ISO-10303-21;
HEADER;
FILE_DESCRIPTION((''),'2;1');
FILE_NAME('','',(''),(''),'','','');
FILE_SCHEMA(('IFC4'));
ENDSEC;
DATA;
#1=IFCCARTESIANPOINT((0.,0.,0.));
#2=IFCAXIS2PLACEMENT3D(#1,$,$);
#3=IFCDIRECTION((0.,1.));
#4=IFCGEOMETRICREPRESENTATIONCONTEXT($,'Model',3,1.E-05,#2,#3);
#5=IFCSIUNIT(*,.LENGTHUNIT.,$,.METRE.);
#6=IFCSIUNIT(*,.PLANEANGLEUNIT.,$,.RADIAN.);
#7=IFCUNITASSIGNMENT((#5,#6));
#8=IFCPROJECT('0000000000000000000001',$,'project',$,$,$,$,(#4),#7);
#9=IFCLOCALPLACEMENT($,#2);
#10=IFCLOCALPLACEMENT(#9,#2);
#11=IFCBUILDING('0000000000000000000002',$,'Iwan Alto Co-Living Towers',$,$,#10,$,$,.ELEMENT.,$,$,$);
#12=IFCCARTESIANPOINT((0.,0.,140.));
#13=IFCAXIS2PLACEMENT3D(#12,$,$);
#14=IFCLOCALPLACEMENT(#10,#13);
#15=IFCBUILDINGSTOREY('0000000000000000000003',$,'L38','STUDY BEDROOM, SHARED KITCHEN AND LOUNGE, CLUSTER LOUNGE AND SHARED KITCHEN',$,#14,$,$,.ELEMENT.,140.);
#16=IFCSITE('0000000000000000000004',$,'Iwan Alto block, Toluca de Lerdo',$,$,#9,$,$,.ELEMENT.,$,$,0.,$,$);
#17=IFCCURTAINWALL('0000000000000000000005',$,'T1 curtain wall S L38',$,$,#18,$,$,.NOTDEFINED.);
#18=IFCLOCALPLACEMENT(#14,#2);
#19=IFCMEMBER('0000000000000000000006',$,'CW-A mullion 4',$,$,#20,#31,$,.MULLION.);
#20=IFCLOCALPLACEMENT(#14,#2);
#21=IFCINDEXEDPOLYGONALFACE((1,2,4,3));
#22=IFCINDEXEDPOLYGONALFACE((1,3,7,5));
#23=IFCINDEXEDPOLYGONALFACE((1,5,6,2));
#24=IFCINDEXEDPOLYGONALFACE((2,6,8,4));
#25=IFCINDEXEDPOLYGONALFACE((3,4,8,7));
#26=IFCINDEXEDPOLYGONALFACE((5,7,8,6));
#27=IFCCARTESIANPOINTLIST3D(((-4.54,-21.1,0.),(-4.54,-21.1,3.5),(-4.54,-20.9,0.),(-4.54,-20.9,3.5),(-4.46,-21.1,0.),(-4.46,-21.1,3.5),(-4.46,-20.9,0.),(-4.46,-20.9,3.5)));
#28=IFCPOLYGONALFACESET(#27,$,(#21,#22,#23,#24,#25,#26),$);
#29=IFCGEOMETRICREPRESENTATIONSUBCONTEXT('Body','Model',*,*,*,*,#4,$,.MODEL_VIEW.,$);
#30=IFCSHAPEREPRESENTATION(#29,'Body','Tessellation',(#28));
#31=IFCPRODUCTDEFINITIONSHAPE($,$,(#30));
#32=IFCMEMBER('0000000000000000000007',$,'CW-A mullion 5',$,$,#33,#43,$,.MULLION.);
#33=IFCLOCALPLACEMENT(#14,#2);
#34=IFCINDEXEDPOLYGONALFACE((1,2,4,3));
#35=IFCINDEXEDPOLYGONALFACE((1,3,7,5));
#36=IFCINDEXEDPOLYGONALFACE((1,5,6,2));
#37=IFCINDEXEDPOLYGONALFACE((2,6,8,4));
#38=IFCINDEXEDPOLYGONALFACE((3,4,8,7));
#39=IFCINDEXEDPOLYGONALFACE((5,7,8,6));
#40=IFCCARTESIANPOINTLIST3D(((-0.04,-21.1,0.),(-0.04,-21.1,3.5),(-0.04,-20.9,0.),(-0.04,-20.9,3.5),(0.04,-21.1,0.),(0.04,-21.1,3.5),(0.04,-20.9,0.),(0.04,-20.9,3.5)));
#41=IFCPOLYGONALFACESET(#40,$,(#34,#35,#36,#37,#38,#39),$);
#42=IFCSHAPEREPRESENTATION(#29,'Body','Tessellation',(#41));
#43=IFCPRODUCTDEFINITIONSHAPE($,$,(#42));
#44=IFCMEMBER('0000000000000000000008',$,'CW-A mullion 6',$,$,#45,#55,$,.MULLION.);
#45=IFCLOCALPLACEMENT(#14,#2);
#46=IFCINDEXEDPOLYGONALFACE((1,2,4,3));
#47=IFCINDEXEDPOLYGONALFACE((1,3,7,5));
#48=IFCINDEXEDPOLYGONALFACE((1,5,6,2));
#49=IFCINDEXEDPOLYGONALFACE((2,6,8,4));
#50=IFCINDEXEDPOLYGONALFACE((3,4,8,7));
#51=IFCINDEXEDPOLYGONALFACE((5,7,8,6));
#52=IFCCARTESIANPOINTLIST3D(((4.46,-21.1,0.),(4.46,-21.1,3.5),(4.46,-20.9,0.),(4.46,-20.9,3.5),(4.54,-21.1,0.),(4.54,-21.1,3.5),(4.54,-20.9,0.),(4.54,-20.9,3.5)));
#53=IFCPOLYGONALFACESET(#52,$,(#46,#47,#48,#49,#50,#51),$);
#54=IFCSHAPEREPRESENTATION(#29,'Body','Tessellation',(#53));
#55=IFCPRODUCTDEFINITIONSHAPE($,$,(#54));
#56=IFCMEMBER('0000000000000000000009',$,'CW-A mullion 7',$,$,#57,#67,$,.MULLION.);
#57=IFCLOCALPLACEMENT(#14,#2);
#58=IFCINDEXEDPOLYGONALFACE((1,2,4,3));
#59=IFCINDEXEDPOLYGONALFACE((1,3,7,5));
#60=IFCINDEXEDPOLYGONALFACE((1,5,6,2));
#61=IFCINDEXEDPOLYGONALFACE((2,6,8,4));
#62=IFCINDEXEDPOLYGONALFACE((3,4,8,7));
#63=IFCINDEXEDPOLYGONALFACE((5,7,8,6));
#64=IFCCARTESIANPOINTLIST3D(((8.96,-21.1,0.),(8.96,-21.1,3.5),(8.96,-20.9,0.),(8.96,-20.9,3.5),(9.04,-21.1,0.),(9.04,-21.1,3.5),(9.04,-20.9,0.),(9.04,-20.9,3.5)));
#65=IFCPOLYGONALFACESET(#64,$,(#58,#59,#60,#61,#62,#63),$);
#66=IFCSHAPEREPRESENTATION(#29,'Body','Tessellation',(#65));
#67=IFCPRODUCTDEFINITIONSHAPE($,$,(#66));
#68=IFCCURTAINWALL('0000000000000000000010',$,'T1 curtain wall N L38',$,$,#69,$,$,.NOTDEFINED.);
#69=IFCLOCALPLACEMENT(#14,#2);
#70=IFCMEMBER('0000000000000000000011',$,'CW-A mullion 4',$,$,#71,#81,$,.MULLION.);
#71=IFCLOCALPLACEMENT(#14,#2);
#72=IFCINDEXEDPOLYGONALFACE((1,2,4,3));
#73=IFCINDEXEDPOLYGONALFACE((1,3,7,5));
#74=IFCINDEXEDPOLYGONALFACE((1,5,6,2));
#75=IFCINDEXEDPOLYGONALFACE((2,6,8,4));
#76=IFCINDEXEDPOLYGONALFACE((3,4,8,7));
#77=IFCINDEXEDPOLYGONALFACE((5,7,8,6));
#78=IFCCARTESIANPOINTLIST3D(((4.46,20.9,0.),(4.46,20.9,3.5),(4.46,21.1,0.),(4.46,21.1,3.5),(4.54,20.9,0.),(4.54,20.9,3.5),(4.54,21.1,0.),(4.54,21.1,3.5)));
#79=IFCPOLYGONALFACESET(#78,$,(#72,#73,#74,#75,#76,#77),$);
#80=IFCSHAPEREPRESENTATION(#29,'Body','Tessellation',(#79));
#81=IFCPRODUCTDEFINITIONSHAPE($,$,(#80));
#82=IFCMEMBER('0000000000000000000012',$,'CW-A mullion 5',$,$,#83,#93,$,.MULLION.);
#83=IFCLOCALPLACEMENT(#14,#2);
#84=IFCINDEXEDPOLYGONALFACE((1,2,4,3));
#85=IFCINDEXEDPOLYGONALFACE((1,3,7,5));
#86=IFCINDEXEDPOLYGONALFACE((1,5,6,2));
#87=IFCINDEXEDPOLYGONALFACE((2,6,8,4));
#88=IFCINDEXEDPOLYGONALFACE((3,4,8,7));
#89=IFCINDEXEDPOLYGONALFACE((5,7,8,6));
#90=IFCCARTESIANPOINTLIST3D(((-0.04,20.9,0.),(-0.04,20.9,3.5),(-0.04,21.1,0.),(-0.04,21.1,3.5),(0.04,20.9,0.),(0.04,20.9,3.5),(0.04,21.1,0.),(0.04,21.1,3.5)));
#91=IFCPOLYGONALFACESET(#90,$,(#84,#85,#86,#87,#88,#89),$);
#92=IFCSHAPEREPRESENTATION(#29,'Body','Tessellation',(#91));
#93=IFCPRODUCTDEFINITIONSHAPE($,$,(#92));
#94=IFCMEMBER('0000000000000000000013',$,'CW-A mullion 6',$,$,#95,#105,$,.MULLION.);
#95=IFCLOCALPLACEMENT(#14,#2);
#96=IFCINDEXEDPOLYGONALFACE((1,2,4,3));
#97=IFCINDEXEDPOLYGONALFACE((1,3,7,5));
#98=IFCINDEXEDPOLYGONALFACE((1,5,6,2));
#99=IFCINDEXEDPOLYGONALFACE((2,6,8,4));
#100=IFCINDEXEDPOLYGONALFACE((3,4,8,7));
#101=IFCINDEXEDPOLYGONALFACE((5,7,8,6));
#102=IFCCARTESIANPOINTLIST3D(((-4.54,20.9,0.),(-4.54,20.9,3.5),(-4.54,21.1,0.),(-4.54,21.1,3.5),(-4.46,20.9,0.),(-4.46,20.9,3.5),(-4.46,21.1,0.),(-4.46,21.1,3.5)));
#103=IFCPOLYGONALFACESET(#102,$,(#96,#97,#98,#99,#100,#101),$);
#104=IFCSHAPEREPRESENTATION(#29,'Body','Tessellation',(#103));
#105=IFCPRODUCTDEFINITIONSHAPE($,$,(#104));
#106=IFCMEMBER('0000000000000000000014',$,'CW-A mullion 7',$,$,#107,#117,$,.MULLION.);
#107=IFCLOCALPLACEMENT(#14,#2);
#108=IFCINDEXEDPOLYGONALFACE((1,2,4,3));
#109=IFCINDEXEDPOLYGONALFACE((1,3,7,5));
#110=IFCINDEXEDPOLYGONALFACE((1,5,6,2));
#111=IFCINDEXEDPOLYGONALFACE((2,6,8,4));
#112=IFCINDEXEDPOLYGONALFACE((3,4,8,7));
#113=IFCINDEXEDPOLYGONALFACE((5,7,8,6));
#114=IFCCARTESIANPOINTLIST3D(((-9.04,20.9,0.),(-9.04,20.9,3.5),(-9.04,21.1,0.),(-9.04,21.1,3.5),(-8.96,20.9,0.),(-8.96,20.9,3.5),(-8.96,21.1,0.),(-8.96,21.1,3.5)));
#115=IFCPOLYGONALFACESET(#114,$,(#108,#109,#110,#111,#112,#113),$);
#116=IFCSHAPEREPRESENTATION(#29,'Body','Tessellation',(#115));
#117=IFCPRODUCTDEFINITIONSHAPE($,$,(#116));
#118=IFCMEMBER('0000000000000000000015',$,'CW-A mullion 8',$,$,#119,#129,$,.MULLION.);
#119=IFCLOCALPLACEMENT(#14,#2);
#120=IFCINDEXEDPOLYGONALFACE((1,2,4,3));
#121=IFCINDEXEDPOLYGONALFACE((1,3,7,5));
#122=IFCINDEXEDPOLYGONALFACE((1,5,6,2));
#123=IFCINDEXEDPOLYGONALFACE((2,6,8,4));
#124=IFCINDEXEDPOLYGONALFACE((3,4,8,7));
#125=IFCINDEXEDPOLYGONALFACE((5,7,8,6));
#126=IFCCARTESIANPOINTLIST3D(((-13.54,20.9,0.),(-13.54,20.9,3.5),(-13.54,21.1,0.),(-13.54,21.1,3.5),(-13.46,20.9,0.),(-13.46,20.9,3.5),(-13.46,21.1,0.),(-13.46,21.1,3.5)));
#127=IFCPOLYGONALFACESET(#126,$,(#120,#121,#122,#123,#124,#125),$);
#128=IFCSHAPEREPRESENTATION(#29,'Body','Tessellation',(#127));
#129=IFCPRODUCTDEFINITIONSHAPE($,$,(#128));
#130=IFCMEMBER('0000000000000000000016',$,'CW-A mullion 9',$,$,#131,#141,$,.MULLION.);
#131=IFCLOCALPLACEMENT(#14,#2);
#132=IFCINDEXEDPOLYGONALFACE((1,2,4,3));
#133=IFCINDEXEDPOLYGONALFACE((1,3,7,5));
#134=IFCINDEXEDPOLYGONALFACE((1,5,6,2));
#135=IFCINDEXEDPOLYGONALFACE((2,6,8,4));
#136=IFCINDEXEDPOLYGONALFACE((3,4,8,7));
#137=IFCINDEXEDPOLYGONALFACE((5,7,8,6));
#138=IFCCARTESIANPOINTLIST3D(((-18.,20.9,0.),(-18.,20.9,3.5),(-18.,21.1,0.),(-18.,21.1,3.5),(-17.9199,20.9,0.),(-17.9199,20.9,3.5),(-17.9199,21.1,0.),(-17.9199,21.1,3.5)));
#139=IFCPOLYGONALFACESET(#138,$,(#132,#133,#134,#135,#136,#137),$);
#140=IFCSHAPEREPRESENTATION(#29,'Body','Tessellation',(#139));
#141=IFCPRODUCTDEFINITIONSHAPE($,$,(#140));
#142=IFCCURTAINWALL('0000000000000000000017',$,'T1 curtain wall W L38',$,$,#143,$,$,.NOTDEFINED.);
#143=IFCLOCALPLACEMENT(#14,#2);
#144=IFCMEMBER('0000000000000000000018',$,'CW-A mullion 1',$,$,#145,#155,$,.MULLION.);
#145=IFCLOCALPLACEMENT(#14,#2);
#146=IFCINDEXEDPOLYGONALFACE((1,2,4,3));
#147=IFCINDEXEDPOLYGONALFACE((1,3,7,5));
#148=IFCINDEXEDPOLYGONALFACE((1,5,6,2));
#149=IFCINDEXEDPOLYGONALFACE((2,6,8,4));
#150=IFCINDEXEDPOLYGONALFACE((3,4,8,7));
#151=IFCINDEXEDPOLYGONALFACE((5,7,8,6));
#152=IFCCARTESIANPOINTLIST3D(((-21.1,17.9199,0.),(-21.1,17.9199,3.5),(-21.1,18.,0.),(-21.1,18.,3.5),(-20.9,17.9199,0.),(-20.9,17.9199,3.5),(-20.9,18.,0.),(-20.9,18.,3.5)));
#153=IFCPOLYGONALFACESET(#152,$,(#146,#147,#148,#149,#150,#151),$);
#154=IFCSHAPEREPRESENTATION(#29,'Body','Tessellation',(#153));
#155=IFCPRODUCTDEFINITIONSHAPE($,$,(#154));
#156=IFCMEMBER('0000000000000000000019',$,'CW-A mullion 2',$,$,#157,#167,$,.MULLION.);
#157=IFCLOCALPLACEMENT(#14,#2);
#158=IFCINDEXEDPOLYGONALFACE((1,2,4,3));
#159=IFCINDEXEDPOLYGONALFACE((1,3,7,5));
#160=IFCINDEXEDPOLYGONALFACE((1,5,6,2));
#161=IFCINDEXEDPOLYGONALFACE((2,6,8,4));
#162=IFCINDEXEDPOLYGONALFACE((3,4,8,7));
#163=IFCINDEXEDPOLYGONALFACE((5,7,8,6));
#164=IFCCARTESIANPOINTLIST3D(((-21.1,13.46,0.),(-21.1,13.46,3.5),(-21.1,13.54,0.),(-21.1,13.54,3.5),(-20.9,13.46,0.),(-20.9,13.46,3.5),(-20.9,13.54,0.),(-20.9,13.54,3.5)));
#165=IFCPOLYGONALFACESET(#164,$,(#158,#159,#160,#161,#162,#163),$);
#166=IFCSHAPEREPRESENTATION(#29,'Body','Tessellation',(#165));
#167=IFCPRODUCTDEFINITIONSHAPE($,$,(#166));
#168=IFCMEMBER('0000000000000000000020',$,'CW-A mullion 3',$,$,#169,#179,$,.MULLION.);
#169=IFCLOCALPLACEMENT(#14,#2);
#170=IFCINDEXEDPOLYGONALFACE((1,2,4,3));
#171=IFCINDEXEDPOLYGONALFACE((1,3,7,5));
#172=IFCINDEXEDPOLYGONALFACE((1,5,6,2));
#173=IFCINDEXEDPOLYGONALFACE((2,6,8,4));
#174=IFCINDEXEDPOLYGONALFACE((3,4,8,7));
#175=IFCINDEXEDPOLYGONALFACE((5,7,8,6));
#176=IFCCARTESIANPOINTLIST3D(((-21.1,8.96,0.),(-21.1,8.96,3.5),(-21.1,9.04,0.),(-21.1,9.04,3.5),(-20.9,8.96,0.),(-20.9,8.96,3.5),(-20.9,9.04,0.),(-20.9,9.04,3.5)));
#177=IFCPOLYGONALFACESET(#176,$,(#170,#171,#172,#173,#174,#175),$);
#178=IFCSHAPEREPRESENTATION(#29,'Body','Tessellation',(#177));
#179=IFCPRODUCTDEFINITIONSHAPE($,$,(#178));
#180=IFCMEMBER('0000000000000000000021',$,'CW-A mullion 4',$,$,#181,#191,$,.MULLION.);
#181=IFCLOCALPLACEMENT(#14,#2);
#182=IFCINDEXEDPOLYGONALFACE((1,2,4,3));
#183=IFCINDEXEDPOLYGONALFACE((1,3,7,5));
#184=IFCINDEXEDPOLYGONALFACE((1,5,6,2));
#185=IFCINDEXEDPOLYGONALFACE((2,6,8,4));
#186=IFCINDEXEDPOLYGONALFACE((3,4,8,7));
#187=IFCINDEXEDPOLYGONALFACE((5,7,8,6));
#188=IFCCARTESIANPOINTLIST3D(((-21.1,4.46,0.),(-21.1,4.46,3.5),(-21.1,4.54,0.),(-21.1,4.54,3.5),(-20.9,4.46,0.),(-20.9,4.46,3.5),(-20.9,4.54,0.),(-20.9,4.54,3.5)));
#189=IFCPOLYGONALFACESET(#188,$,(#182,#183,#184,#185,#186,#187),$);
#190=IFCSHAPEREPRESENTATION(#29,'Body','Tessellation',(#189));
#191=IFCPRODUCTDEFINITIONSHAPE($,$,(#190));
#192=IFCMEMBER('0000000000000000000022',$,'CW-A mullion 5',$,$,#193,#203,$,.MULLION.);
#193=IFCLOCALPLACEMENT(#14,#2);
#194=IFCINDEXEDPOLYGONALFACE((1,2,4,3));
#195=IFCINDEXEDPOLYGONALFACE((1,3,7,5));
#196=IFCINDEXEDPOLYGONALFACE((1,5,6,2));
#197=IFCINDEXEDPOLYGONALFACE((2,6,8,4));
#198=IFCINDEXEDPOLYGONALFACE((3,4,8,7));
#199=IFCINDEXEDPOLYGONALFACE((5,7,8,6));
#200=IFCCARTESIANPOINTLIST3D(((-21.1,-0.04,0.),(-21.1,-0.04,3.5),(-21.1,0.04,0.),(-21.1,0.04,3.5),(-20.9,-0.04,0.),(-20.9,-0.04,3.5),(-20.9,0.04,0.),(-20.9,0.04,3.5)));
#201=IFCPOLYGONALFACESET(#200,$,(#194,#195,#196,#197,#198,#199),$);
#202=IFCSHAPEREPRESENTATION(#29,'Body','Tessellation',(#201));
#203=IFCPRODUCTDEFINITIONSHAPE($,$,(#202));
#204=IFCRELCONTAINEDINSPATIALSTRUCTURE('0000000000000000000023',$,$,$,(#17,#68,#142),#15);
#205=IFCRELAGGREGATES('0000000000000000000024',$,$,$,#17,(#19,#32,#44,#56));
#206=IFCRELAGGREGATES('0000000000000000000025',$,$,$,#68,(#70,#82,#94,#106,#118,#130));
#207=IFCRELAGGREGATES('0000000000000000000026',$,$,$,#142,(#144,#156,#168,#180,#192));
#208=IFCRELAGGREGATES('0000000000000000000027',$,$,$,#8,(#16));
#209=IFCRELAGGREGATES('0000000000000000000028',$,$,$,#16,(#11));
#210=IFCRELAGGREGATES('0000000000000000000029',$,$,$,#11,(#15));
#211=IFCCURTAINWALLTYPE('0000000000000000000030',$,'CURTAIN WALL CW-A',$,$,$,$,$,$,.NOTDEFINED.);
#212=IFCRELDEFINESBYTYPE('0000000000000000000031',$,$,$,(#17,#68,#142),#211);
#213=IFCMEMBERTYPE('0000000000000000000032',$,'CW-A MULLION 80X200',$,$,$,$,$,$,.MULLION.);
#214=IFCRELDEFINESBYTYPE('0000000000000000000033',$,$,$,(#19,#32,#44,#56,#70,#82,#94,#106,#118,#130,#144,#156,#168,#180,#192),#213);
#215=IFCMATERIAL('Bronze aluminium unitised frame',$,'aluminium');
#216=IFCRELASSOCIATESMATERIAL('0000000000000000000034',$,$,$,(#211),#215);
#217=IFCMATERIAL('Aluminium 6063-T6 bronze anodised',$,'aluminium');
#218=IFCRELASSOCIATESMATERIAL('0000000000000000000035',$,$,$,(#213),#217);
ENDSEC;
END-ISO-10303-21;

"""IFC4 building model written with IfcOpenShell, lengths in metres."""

from ifc_helpers import new_model, si_unit, direction, frame, origin, origin_2d, place, context, subcontext, project, spatial, rectangle, extrude, material, material_profile, profile_set, type_object, element, aggregate, save


model = new_model("IFC4")

# Units and contexts
model_context = context("Model", 3, precision=1e-05, world=origin(), true_north=direction((0.0, 1.0)))
body_context = subcontext(model_context, "Body", "Model", "MODEL_VIEW")
ifc_project = project(units=[si_unit("LENGTHUNIT", "METRE"), si_unit("PLANEANGLEUNIT", "RADIAN")], contexts=[model_context])

# Site, building, storey
site_placement = place(None, origin())
site = spatial("IfcSite", under=ifc_project, at=site_placement, Name="Iwan Alto block, Toluca de Lerdo", CompositionType="ELEMENT", RefElevation=0.0)
building_placement = place(site_placement, origin())
building = spatial("IfcBuilding", under=site, at=building_placement, Name="Iwan Alto Co-Living Towers", CompositionType="ELEMENT")
storey_placement = place(building_placement, frame((0.0, 0.0, 140.0)))
storey = spatial("IfcBuildingStorey", under=building, at=storey_placement, Name="L38", Description="STUDY BEDROOM, SHARED KITCHEN AND LOUNGE, CLUSTER LOUNGE AND SHARED KITCHEN", CompositionType="ELEMENT", Elevation=140.0)

# Curtain walls, members
ifc_material_1 = material(Name="Bronze aluminium unitised frame", Category="aluminium")
curtain_wall_type_1 = type_object("IfcCurtainWallType", Name="CURTAIN WALL CW-A", PredefinedType="NOTDEFINED", material=ifc_material_1)
curtain_wall_1_placement = place(storey_placement, origin())
curtain_wall_1 = element("IfcCurtainWall", 1, at=curtain_wall_1_placement, inside=storey, type_object=curtain_wall_type_1, Name="T1 curtain wall S L38", PredefinedType="NOTDEFINED")
ifc_material_2 = material(Name="Aluminium 6063-T6 bronze anodised", Category="aluminium")
ifc_material_profile_1 = material_profile(ifc_material_2, rectangle(XDim=0.2, YDim=0.0801, at=origin_2d()), Name="AL 80X200")
ifc_profile_set_1 = profile_set([ifc_material_profile_1], Name="Aluminium 6063-T6 bronze anodised")
member_type_1 = type_object("IfcMemberType", Name="CW-A MULLION 80X200", PredefinedType="MULLION", material=ifc_profile_set_1)
member_1_placement = place(storey_placement, frame((-4.5, -21.0, 0.0), z_axis=(0.0, 0.0, 1.0), x_axis=(0.0, 1.0, 0.0)))
member_1 = element("IfcMember", 2, at=member_1_placement, type_object=member_type_1, Name="CW-A mullion 4", PredefinedType="MULLION", context=body_context, shape_type="SweptSolid", body=[
    extrude(rectangle(XDim=0.2, YDim=0.0801, at=origin_2d()), origin(), (0.0, 0.0, 1.0), 3.5),
])
member_2_placement = place(storey_placement, frame((0.0, -21.0, 0.0), z_axis=(0.0, 0.0, 1.0), x_axis=(0.0, 1.0, 0.0)))
member_2 = element("IfcMember", 3, at=member_2_placement, type_object=member_type_1, Name="CW-A mullion 5", PredefinedType="MULLION", context=body_context, shape_type="SweptSolid", body=[
    extrude(rectangle(XDim=0.2, YDim=0.0801, at=origin_2d()), origin(), (0.0, 0.0, 1.0), 3.5),
])
member_3_placement = place(storey_placement, frame((4.5, -21.0, 0.0), z_axis=(0.0, 0.0, 1.0), x_axis=(0.0, 1.0, 0.0)))
member_3 = element("IfcMember", 4, at=member_3_placement, type_object=member_type_1, Name="CW-A mullion 6", PredefinedType="MULLION", context=body_context, shape_type="SweptSolid", body=[
    extrude(rectangle(XDim=0.2, YDim=0.0801, at=origin_2d()), origin(), (0.0, 0.0, 1.0), 3.5),
])
member_4_placement = place(storey_placement, frame((9.0, -21.0, 0.0), z_axis=(0.0, 0.0, 1.0), x_axis=(0.0, 1.0, 0.0)))
member_4 = element("IfcMember", 5, at=member_4_placement, type_object=member_type_1, Name="CW-A mullion 7", PredefinedType="MULLION", context=body_context, shape_type="SweptSolid", body=[
    extrude(rectangle(XDim=0.2, YDim=0.0801, at=origin_2d()), origin(), (0.0, 0.0, 1.0), 3.5),
])
aggregate(curtain_wall_1, [member_1, member_2, member_3, member_4])
curtain_wall_2_placement = place(storey_placement, origin())
curtain_wall_2 = element("IfcCurtainWall", 6, at=curtain_wall_2_placement, inside=storey, type_object=curtain_wall_type_1, Name="T1 curtain wall N L38", PredefinedType="NOTDEFINED")
member_5_placement = place(storey_placement, frame((4.5, 21.0, 0.0), z_axis=(0.0, 0.0, 1.0), x_axis=(0.0, -1.0, 0.0)))
member_5 = element("IfcMember", 7, at=member_5_placement, type_object=member_type_1, Name="CW-A mullion 4", PredefinedType="MULLION", context=body_context, shape_type="SweptSolid", body=[
    extrude(rectangle(XDim=0.2, YDim=0.0801, at=origin_2d()), origin(), (0.0, 0.0, 1.0), 3.5),
])
member_6_placement = place(storey_placement, frame((0.0, 21.0, 0.0), z_axis=(0.0, 0.0, 1.0), x_axis=(0.0, -1.0, 0.0)))
member_6 = element("IfcMember", 8, at=member_6_placement, type_object=member_type_1, Name="CW-A mullion 5", PredefinedType="MULLION", context=body_context, shape_type="SweptSolid", body=[
    extrude(rectangle(XDim=0.2, YDim=0.0801, at=origin_2d()), origin(), (0.0, 0.0, 1.0), 3.5),
])
member_7_placement = place(storey_placement, frame((-4.5, 21.0, 0.0), z_axis=(0.0, 0.0, 1.0), x_axis=(0.0, -1.0, 0.0)))
member_7 = element("IfcMember", 9, at=member_7_placement, type_object=member_type_1, Name="CW-A mullion 6", PredefinedType="MULLION", context=body_context, shape_type="SweptSolid", body=[
    extrude(rectangle(XDim=0.2, YDim=0.0801, at=origin_2d()), origin(), (0.0, 0.0, 1.0), 3.5),
])
member_8_placement = place(storey_placement, frame((-9.0, 21.0, 0.0), z_axis=(0.0, 0.0, 1.0), x_axis=(0.0, -1.0, 0.0)))
member_8 = element("IfcMember", 10, at=member_8_placement, type_object=member_type_1, Name="CW-A mullion 7", PredefinedType="MULLION", context=body_context, shape_type="SweptSolid", body=[
    extrude(rectangle(XDim=0.2, YDim=0.0801, at=origin_2d()), origin(), (0.0, 0.0, 1.0), 3.5),
])
member_9_placement = place(storey_placement, frame((-13.5, 21.0, 0.0), z_axis=(0.0, 0.0, 1.0), x_axis=(0.0, -1.0, 0.0)))
member_9 = element("IfcMember", 11, at=member_9_placement, type_object=member_type_1, Name="CW-A mullion 8", PredefinedType="MULLION", context=body_context, shape_type="SweptSolid", body=[
    extrude(rectangle(XDim=0.2, YDim=0.0801, at=origin_2d()), origin(), (0.0, 0.0, 1.0), 3.5),
])
member_10_placement = place(storey_placement, frame((-17.96, 21.0, 0.0), z_axis=(0.0, 0.0, 1.0), x_axis=(0.0, -1.0, 0.0)))
member_10 = element("IfcMember", 12, at=member_10_placement, type_object=member_type_1, Name="CW-A mullion 9", PredefinedType="MULLION", context=body_context, shape_type="SweptSolid", body=[
    extrude(rectangle(XDim=0.2, YDim=0.0801, at=origin_2d()), origin(), (0.0, 0.0, 1.0), 3.5),
])
aggregate(curtain_wall_2, [member_5, member_6, member_7, member_8, member_9, member_10])
curtain_wall_3_placement = place(storey_placement, origin())
curtain_wall_3 = element("IfcCurtainWall", 13, at=curtain_wall_3_placement, inside=storey, type_object=curtain_wall_type_1, Name="T1 curtain wall W L38", PredefinedType="NOTDEFINED")
member_11_placement = place(storey_placement, frame((-21.0, 17.96, 0.0), z_axis=(0.0, 0.0, 1.0), x_axis=(1.0, 0.0, 0.0)))
member_11 = element("IfcMember", 14, at=member_11_placement, type_object=member_type_1, Name="CW-A mullion 1", PredefinedType="MULLION", context=body_context, shape_type="SweptSolid", body=[
    extrude(rectangle(XDim=0.2, YDim=0.0801, at=origin_2d()), origin(), (0.0, 0.0, 1.0), 3.5),
])
member_12_placement = place(storey_placement, frame((-21.0, 13.5, 0.0), z_axis=(0.0, 0.0, 1.0), x_axis=(1.0, 0.0, 0.0)))
member_12 = element("IfcMember", 15, at=member_12_placement, type_object=member_type_1, Name="CW-A mullion 2", PredefinedType="MULLION", context=body_context, shape_type="SweptSolid", body=[
    extrude(rectangle(XDim=0.2, YDim=0.0801, at=origin_2d()), origin(), (0.0, 0.0, 1.0), 3.5),
])
member_13_placement = place(storey_placement, frame((-21.0, 9.0, 0.0), z_axis=(0.0, 0.0, 1.0), x_axis=(1.0, 0.0, 0.0)))
member_13 = element("IfcMember", 16, at=member_13_placement, type_object=member_type_1, Name="CW-A mullion 3", PredefinedType="MULLION", context=body_context, shape_type="SweptSolid", body=[
    extrude(rectangle(XDim=0.2, YDim=0.0801, at=origin_2d()), origin(), (0.0, 0.0, 1.0), 3.5),
])
member_14_placement = place(storey_placement, frame((-21.0, 4.5, 0.0), z_axis=(0.0, 0.0, 1.0), x_axis=(1.0, 0.0, 0.0)))
member_14 = element("IfcMember", 17, at=member_14_placement, type_object=member_type_1, Name="CW-A mullion 4", PredefinedType="MULLION", context=body_context, shape_type="SweptSolid", body=[
    extrude(rectangle(XDim=0.2, YDim=0.0801, at=origin_2d()), origin(), (0.0, 0.0, 1.0), 3.5),
])
member_15_placement = place(storey_placement, frame((-21.0, 0.0, 0.0), z_axis=(0.0, 0.0, 1.0), x_axis=(1.0, 0.0, 0.0)))
member_15 = element("IfcMember", 18, at=member_15_placement, type_object=member_type_1, Name="CW-A mullion 5", PredefinedType="MULLION", context=body_context, shape_type="SweptSolid", body=[
    extrude(rectangle(XDim=0.2, YDim=0.0801, at=origin_2d()), origin(), (0.0, 0.0, 1.0), 3.5),
])
aggregate(curtain_wall_3, [member_11, member_12, member_13, member_14, member_15])

save(model, "model.ifc")
